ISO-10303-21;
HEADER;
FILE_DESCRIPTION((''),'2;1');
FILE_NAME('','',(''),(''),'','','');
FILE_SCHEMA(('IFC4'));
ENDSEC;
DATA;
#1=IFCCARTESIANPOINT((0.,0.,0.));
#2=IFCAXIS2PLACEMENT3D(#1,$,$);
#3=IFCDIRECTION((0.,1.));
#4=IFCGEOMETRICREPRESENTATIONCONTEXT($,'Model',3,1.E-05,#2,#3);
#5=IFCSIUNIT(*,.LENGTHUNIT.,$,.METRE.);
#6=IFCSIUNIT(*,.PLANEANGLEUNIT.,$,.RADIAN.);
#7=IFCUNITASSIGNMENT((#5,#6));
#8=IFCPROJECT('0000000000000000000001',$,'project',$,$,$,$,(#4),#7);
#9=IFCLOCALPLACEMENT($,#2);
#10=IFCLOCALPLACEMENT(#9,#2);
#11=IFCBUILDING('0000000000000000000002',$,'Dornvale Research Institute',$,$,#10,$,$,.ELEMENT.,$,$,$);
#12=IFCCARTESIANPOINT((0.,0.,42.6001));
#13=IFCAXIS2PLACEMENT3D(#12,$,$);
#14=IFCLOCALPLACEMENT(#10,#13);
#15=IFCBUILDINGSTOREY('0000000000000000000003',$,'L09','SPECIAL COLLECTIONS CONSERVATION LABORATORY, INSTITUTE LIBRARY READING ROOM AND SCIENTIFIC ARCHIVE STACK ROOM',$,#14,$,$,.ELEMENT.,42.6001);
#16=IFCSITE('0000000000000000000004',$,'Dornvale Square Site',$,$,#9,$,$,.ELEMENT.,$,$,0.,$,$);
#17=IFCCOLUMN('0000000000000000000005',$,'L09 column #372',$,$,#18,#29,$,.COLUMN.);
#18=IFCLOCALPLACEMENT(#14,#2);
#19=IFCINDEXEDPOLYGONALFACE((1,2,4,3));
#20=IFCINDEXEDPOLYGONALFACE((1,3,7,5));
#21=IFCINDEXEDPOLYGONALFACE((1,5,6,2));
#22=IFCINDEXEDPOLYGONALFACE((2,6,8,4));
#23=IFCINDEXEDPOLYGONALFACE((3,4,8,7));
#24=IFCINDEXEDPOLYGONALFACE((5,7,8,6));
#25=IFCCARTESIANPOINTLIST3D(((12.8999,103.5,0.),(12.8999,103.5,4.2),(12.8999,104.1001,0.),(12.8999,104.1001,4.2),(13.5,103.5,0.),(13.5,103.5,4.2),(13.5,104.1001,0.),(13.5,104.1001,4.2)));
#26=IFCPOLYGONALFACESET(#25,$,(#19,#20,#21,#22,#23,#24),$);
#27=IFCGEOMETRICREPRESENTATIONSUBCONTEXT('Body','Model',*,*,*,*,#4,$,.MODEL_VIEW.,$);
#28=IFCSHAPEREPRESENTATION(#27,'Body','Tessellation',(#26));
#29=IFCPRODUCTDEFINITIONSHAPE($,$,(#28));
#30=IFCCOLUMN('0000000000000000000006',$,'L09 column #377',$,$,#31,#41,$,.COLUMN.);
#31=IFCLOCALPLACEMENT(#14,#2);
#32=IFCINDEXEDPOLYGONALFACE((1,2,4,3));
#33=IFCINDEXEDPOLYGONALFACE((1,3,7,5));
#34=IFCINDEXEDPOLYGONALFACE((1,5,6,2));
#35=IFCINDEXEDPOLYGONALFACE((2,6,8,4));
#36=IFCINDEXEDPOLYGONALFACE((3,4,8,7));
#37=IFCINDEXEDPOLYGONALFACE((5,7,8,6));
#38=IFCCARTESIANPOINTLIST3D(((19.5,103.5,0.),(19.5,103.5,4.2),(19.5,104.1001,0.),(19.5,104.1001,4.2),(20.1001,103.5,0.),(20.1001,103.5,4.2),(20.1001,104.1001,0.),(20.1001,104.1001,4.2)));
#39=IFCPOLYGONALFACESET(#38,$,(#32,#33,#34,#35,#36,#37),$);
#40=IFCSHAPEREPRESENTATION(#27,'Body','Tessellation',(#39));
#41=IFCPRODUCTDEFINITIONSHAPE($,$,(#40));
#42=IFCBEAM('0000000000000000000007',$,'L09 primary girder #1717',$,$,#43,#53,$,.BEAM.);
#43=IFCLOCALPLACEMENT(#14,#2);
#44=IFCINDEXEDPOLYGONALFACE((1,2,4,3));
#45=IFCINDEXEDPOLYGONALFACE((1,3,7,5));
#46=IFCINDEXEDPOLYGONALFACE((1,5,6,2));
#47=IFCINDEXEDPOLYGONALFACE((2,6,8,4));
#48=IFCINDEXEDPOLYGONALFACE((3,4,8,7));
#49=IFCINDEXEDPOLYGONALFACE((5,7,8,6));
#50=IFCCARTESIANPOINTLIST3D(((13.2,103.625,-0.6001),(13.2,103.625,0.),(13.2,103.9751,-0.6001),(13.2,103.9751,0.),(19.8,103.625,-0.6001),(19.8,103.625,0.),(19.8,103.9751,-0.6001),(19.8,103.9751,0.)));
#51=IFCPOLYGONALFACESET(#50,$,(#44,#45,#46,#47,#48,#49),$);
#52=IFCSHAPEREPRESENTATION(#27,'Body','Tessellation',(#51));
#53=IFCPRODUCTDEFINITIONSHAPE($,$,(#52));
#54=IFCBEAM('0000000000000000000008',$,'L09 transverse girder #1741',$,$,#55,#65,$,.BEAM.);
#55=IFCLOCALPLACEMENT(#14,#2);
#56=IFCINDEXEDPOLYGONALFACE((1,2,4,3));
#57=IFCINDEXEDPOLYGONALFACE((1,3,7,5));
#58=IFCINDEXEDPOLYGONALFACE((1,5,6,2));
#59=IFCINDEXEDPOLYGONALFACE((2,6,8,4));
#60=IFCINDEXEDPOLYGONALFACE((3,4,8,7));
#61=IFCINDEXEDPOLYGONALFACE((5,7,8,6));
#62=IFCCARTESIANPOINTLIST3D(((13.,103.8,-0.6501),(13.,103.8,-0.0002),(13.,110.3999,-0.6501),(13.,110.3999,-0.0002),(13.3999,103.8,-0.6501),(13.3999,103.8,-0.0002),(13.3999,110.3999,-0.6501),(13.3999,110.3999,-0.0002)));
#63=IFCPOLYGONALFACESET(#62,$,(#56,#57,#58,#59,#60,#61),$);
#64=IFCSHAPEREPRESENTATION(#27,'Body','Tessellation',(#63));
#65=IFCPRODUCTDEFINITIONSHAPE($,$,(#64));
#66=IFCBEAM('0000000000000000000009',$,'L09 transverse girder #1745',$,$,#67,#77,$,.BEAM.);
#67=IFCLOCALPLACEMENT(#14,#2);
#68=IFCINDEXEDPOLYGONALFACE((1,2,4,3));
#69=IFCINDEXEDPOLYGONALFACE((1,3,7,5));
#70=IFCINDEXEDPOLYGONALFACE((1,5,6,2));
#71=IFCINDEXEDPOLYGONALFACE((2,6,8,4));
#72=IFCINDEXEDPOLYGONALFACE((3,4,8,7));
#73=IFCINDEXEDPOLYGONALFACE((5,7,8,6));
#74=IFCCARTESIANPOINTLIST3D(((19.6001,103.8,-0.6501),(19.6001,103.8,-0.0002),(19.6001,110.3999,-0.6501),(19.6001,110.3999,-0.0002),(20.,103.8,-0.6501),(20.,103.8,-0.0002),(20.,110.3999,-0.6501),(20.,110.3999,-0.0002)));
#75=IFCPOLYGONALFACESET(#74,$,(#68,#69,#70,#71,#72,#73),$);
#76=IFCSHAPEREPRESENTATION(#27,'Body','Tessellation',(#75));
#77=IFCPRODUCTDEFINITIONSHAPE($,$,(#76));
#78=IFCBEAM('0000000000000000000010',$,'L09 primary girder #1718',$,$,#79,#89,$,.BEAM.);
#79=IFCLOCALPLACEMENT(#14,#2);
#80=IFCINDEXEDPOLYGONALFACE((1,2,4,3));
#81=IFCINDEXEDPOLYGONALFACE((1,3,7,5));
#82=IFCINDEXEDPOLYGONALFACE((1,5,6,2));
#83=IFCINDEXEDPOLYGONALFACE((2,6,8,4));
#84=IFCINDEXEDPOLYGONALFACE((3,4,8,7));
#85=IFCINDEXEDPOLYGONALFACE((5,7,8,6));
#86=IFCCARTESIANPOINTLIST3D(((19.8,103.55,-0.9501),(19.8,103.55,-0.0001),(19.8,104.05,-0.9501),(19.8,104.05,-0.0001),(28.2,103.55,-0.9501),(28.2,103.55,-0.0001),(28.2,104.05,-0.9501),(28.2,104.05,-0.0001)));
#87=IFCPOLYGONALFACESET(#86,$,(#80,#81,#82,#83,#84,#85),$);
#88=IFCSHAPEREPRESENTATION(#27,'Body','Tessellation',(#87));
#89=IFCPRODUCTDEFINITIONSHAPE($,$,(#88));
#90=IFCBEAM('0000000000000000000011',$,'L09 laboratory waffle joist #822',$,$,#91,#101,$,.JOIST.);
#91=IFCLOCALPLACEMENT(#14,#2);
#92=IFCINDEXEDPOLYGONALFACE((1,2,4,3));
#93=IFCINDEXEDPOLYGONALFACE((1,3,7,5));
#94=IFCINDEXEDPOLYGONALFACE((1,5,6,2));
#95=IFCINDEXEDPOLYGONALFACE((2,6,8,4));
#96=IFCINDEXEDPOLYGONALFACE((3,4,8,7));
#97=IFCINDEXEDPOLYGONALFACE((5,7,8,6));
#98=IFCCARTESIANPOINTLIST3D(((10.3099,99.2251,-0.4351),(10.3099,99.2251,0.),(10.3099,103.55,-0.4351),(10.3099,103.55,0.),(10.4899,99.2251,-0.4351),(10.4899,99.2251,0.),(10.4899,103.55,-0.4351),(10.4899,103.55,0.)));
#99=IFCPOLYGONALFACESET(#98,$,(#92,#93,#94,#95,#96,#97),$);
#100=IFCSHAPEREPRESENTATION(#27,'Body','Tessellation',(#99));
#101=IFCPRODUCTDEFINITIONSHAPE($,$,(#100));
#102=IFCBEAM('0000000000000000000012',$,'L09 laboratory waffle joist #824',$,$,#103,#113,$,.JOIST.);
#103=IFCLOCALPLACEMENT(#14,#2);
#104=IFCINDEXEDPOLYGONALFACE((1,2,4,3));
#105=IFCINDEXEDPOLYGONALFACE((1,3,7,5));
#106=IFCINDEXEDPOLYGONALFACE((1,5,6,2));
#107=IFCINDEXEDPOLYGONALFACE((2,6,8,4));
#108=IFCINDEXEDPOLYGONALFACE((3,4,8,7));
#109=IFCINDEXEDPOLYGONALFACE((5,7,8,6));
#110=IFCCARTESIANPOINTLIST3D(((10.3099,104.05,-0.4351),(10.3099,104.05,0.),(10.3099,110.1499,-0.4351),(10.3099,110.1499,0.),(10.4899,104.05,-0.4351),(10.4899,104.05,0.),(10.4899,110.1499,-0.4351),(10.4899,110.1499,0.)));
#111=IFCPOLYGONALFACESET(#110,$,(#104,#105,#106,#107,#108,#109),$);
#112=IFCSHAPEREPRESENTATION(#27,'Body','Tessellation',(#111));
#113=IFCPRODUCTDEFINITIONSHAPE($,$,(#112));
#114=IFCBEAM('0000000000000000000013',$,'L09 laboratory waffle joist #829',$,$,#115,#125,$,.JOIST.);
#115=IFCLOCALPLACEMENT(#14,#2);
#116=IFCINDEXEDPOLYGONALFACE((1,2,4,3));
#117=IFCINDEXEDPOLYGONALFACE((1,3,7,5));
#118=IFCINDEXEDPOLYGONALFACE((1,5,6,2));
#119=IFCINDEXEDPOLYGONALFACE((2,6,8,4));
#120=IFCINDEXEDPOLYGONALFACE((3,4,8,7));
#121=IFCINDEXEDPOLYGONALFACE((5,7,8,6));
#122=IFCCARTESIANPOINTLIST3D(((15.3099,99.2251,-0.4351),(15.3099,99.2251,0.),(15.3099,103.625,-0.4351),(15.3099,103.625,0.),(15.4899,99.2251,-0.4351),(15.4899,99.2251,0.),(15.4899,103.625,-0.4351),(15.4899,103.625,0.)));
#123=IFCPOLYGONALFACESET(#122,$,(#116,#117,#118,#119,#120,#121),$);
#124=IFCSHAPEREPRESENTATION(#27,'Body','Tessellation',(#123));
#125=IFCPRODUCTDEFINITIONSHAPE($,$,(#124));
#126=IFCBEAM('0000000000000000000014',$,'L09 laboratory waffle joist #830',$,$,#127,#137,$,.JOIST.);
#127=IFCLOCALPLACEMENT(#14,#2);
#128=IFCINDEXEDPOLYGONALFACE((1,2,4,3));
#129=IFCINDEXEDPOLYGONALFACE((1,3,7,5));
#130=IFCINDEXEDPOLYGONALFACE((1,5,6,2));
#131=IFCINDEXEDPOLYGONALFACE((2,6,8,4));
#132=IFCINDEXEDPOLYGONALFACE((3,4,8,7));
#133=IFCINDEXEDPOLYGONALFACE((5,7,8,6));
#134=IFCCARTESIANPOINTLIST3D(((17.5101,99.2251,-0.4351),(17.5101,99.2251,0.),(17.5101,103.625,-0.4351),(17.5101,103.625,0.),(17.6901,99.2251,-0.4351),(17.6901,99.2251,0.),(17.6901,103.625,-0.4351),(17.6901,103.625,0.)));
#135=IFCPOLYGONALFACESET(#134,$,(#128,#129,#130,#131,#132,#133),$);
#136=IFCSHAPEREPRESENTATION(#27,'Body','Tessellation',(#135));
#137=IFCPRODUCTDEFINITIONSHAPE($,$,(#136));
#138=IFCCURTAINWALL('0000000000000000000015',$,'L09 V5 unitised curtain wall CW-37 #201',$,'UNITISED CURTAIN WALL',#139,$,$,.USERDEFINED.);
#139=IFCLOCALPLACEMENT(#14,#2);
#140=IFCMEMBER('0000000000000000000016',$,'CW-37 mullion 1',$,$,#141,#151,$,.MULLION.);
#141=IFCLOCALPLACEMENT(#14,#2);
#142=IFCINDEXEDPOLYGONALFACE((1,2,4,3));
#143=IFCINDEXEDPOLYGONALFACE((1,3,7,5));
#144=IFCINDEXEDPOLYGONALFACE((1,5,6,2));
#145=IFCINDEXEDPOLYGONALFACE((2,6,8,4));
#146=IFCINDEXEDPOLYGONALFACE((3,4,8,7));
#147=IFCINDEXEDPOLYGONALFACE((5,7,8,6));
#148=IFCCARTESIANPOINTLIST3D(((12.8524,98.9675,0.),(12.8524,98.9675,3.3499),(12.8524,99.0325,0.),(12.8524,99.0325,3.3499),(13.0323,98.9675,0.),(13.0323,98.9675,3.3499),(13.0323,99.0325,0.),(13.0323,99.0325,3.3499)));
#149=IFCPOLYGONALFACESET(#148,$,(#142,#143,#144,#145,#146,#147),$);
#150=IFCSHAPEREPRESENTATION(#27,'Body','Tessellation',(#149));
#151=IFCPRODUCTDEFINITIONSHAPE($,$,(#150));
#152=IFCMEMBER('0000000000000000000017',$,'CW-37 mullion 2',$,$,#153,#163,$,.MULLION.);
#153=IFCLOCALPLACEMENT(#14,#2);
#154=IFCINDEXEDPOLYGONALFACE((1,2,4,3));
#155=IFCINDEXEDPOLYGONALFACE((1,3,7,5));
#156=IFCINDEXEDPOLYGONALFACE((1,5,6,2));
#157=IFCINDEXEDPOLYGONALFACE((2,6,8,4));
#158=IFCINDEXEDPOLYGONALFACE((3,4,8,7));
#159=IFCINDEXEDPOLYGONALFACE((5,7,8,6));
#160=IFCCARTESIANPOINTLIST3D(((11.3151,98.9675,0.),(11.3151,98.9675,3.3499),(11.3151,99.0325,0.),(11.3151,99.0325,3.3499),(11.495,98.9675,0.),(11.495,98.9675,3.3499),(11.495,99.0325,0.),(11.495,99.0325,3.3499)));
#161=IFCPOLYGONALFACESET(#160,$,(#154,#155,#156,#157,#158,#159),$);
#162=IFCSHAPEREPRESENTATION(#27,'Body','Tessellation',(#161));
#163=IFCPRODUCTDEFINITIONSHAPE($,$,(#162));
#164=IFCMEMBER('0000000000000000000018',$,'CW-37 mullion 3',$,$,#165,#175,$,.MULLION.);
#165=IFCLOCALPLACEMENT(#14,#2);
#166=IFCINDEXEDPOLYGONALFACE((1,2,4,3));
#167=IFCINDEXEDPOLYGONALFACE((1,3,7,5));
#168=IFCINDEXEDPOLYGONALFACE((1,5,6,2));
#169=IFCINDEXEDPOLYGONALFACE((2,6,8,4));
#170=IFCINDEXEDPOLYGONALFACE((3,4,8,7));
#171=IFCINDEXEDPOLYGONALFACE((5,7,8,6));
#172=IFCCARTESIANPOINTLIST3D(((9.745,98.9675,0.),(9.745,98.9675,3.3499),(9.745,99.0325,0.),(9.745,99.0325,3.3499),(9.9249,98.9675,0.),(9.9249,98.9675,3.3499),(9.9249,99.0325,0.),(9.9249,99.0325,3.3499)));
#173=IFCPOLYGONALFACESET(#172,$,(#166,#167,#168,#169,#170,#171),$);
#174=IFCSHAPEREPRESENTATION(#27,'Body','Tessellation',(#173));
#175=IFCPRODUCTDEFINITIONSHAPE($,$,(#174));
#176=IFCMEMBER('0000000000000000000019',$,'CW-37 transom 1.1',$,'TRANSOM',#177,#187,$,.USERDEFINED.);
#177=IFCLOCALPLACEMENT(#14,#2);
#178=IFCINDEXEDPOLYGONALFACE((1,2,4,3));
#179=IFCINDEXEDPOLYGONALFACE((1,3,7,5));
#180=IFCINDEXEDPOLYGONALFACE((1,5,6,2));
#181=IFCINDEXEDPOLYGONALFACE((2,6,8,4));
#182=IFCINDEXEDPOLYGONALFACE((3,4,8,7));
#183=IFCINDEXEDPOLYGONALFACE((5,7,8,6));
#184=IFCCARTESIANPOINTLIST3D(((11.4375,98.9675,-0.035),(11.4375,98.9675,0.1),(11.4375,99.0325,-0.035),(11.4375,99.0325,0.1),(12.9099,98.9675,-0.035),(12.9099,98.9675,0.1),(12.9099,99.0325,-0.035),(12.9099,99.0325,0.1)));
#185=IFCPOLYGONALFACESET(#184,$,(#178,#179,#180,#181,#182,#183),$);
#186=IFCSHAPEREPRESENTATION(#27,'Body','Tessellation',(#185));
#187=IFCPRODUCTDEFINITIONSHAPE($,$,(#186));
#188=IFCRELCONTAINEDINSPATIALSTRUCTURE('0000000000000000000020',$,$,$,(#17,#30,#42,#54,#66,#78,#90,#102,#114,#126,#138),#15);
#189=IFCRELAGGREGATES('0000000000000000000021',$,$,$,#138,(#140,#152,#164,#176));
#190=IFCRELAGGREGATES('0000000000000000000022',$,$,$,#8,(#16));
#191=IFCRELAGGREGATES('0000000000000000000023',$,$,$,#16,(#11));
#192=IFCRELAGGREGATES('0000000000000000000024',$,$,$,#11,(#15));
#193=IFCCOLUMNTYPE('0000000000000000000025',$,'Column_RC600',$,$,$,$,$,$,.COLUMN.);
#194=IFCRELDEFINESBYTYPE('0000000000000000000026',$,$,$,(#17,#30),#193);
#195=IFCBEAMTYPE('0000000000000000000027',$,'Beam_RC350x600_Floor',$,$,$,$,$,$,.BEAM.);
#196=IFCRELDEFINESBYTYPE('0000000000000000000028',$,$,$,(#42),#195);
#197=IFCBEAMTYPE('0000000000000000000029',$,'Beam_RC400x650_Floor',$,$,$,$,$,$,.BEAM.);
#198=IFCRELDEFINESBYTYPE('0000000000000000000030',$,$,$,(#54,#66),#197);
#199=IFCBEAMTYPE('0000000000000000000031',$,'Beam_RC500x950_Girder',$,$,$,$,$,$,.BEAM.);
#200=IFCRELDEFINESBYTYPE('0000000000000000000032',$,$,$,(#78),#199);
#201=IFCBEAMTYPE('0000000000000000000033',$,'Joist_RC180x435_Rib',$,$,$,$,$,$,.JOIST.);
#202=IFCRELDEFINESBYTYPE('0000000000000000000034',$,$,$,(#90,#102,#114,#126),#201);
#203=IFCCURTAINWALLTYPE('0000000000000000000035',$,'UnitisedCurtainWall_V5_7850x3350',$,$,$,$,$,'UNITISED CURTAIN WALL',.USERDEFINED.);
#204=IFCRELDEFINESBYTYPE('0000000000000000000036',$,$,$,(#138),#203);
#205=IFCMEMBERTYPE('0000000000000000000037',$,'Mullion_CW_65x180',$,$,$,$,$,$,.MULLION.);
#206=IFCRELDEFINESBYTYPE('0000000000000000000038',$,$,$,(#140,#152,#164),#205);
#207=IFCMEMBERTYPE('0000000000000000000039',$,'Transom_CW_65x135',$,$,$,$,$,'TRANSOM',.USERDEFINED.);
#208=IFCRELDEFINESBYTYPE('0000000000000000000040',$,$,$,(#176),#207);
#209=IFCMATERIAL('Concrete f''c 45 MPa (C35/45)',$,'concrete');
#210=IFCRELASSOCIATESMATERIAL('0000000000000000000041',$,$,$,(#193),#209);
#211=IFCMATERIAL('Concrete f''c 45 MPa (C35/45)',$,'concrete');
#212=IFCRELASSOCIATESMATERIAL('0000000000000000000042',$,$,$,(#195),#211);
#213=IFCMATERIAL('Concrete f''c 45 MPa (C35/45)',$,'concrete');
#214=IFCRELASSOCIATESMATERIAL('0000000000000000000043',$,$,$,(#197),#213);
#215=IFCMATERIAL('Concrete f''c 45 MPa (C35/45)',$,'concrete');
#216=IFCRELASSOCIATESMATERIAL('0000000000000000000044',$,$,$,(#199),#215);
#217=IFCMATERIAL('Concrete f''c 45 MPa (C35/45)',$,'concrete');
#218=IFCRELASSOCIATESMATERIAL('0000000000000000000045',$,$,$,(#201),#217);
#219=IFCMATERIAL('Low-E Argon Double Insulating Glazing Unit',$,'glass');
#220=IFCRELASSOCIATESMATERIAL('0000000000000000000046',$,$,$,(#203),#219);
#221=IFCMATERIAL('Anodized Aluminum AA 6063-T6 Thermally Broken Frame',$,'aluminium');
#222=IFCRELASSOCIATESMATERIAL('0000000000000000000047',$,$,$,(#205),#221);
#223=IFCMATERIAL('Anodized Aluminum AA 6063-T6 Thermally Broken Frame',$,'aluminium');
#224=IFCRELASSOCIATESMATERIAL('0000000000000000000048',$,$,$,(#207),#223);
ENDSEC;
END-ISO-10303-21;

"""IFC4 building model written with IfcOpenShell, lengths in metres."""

from ifc_helpers import new_model, si_unit, direction, frame, origin, origin_2d, place, context, subcontext, project, spatial, rectangle, extrude, material, material_profile, profile_set, type_object, element, aggregate, save


model = new_model("IFC4")

# Units and contexts
model_context = context("Model", 3, precision=1e-05, world=origin(), true_north=direction((0.0, 1.0)))
body_context = subcontext(model_context, "Body", "Model", "MODEL_VIEW")
ifc_project = project(units=[si_unit("LENGTHUNIT", "METRE"), si_unit("PLANEANGLEUNIT", "RADIAN")], contexts=[model_context])

# Site, building, storey
site_placement = place(None, origin())
site = spatial("IfcSite", under=ifc_project, at=site_placement, Name="Dornvale Square Site", CompositionType="ELEMENT", RefElevation=0.0)
building_placement = place(site_placement, origin())
building = spatial("IfcBuilding", under=site, at=building_placement, Name="Dornvale Research Institute", CompositionType="ELEMENT")
storey_placement = place(building_placement, frame((0.0, 0.0, 42.6001)))
storey = spatial("IfcBuildingStorey", under=building, at=storey_placement, Name="L09", Description="SPECIAL COLLECTIONS CONSERVATION LABORATORY, INSTITUTE LIBRARY READING ROOM AND SCIENTIFIC ARCHIVE STACK ROOM", CompositionType="ELEMENT", Elevation=42.6001)

# Columns
ifc_material_1 = material(Name="Concrete f'c 45 MPa (C35/45)", Category="concrete")
ifc_material_profile_1 = material_profile(ifc_material_1, rectangle(XDim=0.6001, YDim=0.6001, at=origin_2d()), Name="RC 600x600")
ifc_profile_set_1 = profile_set([ifc_material_profile_1], Name="Concrete f'c 45 MPa (C35/45)")
column_type = type_object("IfcColumnType", Name="Column_RC600", PredefinedType="COLUMN", material=ifc_profile_set_1)
for number, where, z_axis, x_axis, name in (
    (1, (13.2, 103.8, 0.0), (0.0, 0.0, 1.0), (1.0, 0.0, 0.0), "L09 column #372"),
    (2, (19.8, 103.8, 0.0), (0.0, 0.0, 1.0), (1.0, 0.0, 0.0), "L09 column #377"),
):
    element("IfcColumn", number, at=place(storey_placement, frame(where, z_axis=z_axis, x_axis=x_axis)), inside=storey, type_object=column_type, Name=name, PredefinedType="COLUMN", context=body_context, shape_type="SweptSolid", body=[
        extrude(rectangle(XDim=0.6001, YDim=0.6001, at=origin_2d()), origin(), (0.0, 0.0, 1.0), 4.2),
    ])

# Beams
ifc_material_2 = material(Name="Concrete f'c 45 MPa (C35/45)", Category="concrete")
ifc_material_profile_2 = material_profile(ifc_material_2, rectangle(XDim=0.3501, YDim=0.6001, at=origin_2d()), Name="RC 350x600")
ifc_profile_set_2 = profile_set([ifc_material_profile_2], Name="Concrete f'c 45 MPa (C35/45)")
beam_type_1 = type_object("IfcBeamType", Name="Beam_RC350x600_Floor", PredefinedType="BEAM", material=ifc_profile_set_2)
beam_1_placement = place(storey_placement, frame((13.2, 103.8, -0.3), z_axis=(1.0, 0.0, 0.0), x_axis=(0.0, 1.0, 0.0)))
element("IfcBeam", 3, at=beam_1_placement, inside=storey, type_object=beam_type_1, Name="L09 primary girder #1717", PredefinedType="BEAM", context=body_context, shape_type="SweptSolid", body=[
    extrude(rectangle(XDim=0.3501, YDim=0.6001, at=origin_2d()), origin(), (0.0, 0.0, 1.0), 6.6001),
])
ifc_material_3 = material(Name="Concrete f'c 45 MPa (C35/45)", Category="concrete")
ifc_material_profile_3 = material_profile(ifc_material_3, rectangle(XDim=0.3999, YDim=0.6499, at=origin_2d()), Name="RC 400x650")
ifc_profile_set_3 = profile_set([ifc_material_profile_3], Name="Concrete f'c 45 MPa (C35/45)")
beam_type_2 = type_object("IfcBeamType", Name="Beam_RC400x650_Floor", PredefinedType="BEAM", material=ifc_profile_set_3)
for number, where, z_axis, x_axis, name in (
    (4, (13.2, 103.8, -0.3252), (0.0, 1.0, 0.0), (-1.0, 0.0, 0.0), "L09 transverse girder #1741"),
    (5, (19.8, 103.8, -0.3252), (0.0, 1.0, 0.0), (-1.0, 0.0, 0.0), "L09 transverse girder #1745"),
):
    element("IfcBeam", number, at=place(storey_placement, frame(where, z_axis=z_axis, x_axis=x_axis)), inside=storey, type_object=beam_type_2, Name=name, PredefinedType="BEAM", context=body_context, shape_type="SweptSolid", body=[
        extrude(rectangle(XDim=0.3999, YDim=0.6499, at=origin_2d()), origin(), (0.0, 0.0, 1.0), 6.5999),
    ])
ifc_material_4 = material(Name="Concrete f'c 45 MPa (C35/45)", Category="concrete")
ifc_material_profile_4 = material_profile(ifc_material_4, rectangle(XDim=0.5, YDim=0.95, at=origin_2d()), Name="RC 500x950")
ifc_profile_set_4 = profile_set([ifc_material_profile_4], Name="Concrete f'c 45 MPa (C35/45)")
beam_type_3 = type_object("IfcBeamType", Name="Beam_RC500x950_Girder", PredefinedType="BEAM", material=ifc_profile_set_4)
beam_2_placement = place(storey_placement, frame((19.8, 103.8, -0.4751), z_axis=(1.0, 0.0, 0.0), x_axis=(0.0, 1.0, 0.0)))
element("IfcBeam", 6, at=beam_2_placement, inside=storey, type_object=beam_type_3, Name="L09 primary girder #1718", PredefinedType="BEAM", context=body_context, shape_type="SweptSolid", body=[
    extrude(rectangle(XDim=0.5, YDim=0.95, at=origin_2d()), origin(), (0.0, 0.0, 1.0), 8.3999),
])
ifc_material_5 = material(Name="Concrete f'c 45 MPa (C35/45)", Category="concrete")
ifc_material_profile_5 = material_profile(ifc_material_5, rectangle(XDim=0.1799, YDim=0.4351, at=origin_2d()), Name="RC 180x435")
ifc_profile_set_5 = profile_set([ifc_material_profile_5], Name="Concrete f'c 45 MPa (C35/45)")
beam_type_4 = type_object("IfcBeamType", Name="Joist_RC180x435_Rib", PredefinedType="JOIST", material=ifc_profile_set_5)
beam_3_placement = place(storey_placement, frame((10.3999, 99.2251, -0.2175), z_axis=(0.0, 1.0, 0.0), x_axis=(-1.0, 0.0, 0.0)))
element("IfcBeam", 7, at=beam_3_placement, inside=storey, type_object=beam_type_4, Name="L09 laboratory waffle joist #822", PredefinedType="JOIST", context=body_context, shape_type="SweptSolid", body=[
    extrude(rectangle(XDim=0.1799, YDim=0.4351, at=origin_2d()), origin(), (0.0, 0.0, 1.0), 4.325),
])
beam_4_placement = place(storey_placement, frame((10.3999, 104.05, -0.2175), z_axis=(0.0, 1.0, 0.0), x_axis=(-1.0, 0.0, 0.0)))
element("IfcBeam", 8, at=beam_4_placement, inside=storey, type_object=beam_type_4, Name="L09 laboratory waffle joist #824", PredefinedType="JOIST", context=body_context, shape_type="SweptSolid", body=[
    extrude(rectangle(XDim=0.1799, YDim=0.4351, at=origin_2d()), origin(), (0.0, 0.0, 1.0), 6.0999),
])
for number, where, z_axis, x_axis, name in (
    (9, (15.3999, 99.2251, -0.2175), (0.0, 1.0, 0.0), (-1.0, 0.0, 0.0), "L09 laboratory waffle joist #829"),
    (10, (17.6001, 99.2251, -0.2175), (0.0, 1.0, 0.0), (-1.0, 0.0, 0.0), "L09 laboratory waffle joist #830"),
):
    element("IfcBeam", number, at=place(storey_placement, frame(where, z_axis=z_axis, x_axis=x_axis)), inside=storey, type_object=beam_type_4, Name=name, PredefinedType="JOIST", context=body_context, shape_type="SweptSolid", body=[
        extrude(rectangle(XDim=0.1799, YDim=0.4351, at=origin_2d()), origin(), (0.0, 0.0, 1.0), 4.3999),
    ])

# Curtain wall, members
ifc_material_6 = material(Name="Low-E Argon Double Insulating Glazing Unit", Category="glass")
curtain_wall_type_1 = type_object("IfcCurtainWallType", Name="UnitisedCurtainWall_V5_7850x3350", ElementType="UNITISED CURTAIN WALL", PredefinedType="USERDEFINED", material=ifc_material_6)
curtain_wall_1_placement = place(storey_placement, origin())
curtain_wall_1 = element("IfcCurtainWall", 11, at=curtain_wall_1_placement, inside=storey, type_object=curtain_wall_type_1, Name="L09 V5 unitised curtain wall CW-37 #201", ObjectType="UNITISED CURTAIN WALL", PredefinedType="USERDEFINED")
ifc_material_7 = material(Name="Anodized Aluminum AA 6063-T6 Thermally Broken Frame", Category="aluminium")
ifc_material_profile_6 = material_profile(ifc_material_7, rectangle(XDim=0.0649, YDim=0.1799, at=origin_2d()), Name="ALU MULLION 65x180")
ifc_profile_set_6 = profile_set([ifc_material_profile_6], Name="Anodized Aluminum AA 6063-T6 Thermally Broken Frame")
member_type_1 = type_object("IfcMemberType", Name="Mullion_CW_65x180", PredefinedType="MULLION", material=ifc_profile_set_6)
member_1_placement = place(storey_placement, frame((12.9424, 99.0, 0.0), z_axis=(0.0, 0.0, 1.0), x_axis=(0.0, -1.0, 0.0)))
member_1 = element("IfcMember", 12, at=member_1_placement, type_object=member_type_1, Name="CW-37 mullion 1", PredefinedType="MULLION", context=body_context, shape_type="SweptSolid", body=[
    extrude(rectangle(XDim=0.0649, YDim=0.1799, at=origin_2d()), origin(), (0.0, 0.0, 1.0), 3.3499),
])
member_2_placement = place(storey_placement, frame((11.405, 99.0, 0.0), z_axis=(0.0, 0.0, 1.0), x_axis=(0.0, -1.0, 0.0)))
member_2 = element("IfcMember", 13, at=member_2_placement, type_object=member_type_1, Name="CW-37 mullion 2", PredefinedType="MULLION", context=body_context, shape_type="SweptSolid", body=[
    extrude(rectangle(XDim=0.0649, YDim=0.1799, at=origin_2d()), origin(), (0.0, 0.0, 1.0), 3.3499),
])
member_3_placement = place(storey_placement, frame((9.835, 99.0, 0.0), z_axis=(0.0, 0.0, 1.0), x_axis=(0.0, -1.0, 0.0)))
member_3 = element("IfcMember", 14, at=member_3_placement, type_object=member_type_1, Name="CW-37 mullion 3", PredefinedType="MULLION", context=body_context, shape_type="SweptSolid", body=[
    extrude(rectangle(XDim=0.0649, YDim=0.1799, at=origin_2d()), origin(), (0.0, 0.0, 1.0), 3.3499),
])
ifc_material_8 = material(Name="Anodized Aluminum AA 6063-T6 Thermally Broken Frame", Category="aluminium")
ifc_material_profile_7 = material_profile(ifc_material_8, rectangle(XDim=0.0649, YDim=0.135, at=origin_2d()), Name="ALU TRANSOM 65x135")
ifc_profile_set_7 = profile_set([ifc_material_profile_7], Name="Anodized Aluminum AA 6063-T6 Thermally Broken Frame")
member_type_2 = type_object("IfcMemberType", Name="Transom_CW_65x135", ElementType="TRANSOM", PredefinedType="USERDEFINED", material=ifc_profile_set_7)
member_4_placement = place(storey_placement, frame((12.9099, 99.0, 0.0325), z_axis=(-1.0, 0.0, 0.0), x_axis=(0.0, -1.0, 0.0)))
member_4 = element("IfcMember", 15, at=member_4_placement, type_object=member_type_2, Name="CW-37 transom 1.1", ObjectType="TRANSOM", PredefinedType="USERDEFINED", context=body_context, shape_type="SweptSolid", body=[
    extrude(rectangle(XDim=0.0649, YDim=0.135, at=origin_2d()), origin(), (0.0, 0.0, 1.0), 1.4724),
])

aggregate(curtain_wall_1, [member_1, member_2, member_3, member_4])

save(model, "model.ifc")
